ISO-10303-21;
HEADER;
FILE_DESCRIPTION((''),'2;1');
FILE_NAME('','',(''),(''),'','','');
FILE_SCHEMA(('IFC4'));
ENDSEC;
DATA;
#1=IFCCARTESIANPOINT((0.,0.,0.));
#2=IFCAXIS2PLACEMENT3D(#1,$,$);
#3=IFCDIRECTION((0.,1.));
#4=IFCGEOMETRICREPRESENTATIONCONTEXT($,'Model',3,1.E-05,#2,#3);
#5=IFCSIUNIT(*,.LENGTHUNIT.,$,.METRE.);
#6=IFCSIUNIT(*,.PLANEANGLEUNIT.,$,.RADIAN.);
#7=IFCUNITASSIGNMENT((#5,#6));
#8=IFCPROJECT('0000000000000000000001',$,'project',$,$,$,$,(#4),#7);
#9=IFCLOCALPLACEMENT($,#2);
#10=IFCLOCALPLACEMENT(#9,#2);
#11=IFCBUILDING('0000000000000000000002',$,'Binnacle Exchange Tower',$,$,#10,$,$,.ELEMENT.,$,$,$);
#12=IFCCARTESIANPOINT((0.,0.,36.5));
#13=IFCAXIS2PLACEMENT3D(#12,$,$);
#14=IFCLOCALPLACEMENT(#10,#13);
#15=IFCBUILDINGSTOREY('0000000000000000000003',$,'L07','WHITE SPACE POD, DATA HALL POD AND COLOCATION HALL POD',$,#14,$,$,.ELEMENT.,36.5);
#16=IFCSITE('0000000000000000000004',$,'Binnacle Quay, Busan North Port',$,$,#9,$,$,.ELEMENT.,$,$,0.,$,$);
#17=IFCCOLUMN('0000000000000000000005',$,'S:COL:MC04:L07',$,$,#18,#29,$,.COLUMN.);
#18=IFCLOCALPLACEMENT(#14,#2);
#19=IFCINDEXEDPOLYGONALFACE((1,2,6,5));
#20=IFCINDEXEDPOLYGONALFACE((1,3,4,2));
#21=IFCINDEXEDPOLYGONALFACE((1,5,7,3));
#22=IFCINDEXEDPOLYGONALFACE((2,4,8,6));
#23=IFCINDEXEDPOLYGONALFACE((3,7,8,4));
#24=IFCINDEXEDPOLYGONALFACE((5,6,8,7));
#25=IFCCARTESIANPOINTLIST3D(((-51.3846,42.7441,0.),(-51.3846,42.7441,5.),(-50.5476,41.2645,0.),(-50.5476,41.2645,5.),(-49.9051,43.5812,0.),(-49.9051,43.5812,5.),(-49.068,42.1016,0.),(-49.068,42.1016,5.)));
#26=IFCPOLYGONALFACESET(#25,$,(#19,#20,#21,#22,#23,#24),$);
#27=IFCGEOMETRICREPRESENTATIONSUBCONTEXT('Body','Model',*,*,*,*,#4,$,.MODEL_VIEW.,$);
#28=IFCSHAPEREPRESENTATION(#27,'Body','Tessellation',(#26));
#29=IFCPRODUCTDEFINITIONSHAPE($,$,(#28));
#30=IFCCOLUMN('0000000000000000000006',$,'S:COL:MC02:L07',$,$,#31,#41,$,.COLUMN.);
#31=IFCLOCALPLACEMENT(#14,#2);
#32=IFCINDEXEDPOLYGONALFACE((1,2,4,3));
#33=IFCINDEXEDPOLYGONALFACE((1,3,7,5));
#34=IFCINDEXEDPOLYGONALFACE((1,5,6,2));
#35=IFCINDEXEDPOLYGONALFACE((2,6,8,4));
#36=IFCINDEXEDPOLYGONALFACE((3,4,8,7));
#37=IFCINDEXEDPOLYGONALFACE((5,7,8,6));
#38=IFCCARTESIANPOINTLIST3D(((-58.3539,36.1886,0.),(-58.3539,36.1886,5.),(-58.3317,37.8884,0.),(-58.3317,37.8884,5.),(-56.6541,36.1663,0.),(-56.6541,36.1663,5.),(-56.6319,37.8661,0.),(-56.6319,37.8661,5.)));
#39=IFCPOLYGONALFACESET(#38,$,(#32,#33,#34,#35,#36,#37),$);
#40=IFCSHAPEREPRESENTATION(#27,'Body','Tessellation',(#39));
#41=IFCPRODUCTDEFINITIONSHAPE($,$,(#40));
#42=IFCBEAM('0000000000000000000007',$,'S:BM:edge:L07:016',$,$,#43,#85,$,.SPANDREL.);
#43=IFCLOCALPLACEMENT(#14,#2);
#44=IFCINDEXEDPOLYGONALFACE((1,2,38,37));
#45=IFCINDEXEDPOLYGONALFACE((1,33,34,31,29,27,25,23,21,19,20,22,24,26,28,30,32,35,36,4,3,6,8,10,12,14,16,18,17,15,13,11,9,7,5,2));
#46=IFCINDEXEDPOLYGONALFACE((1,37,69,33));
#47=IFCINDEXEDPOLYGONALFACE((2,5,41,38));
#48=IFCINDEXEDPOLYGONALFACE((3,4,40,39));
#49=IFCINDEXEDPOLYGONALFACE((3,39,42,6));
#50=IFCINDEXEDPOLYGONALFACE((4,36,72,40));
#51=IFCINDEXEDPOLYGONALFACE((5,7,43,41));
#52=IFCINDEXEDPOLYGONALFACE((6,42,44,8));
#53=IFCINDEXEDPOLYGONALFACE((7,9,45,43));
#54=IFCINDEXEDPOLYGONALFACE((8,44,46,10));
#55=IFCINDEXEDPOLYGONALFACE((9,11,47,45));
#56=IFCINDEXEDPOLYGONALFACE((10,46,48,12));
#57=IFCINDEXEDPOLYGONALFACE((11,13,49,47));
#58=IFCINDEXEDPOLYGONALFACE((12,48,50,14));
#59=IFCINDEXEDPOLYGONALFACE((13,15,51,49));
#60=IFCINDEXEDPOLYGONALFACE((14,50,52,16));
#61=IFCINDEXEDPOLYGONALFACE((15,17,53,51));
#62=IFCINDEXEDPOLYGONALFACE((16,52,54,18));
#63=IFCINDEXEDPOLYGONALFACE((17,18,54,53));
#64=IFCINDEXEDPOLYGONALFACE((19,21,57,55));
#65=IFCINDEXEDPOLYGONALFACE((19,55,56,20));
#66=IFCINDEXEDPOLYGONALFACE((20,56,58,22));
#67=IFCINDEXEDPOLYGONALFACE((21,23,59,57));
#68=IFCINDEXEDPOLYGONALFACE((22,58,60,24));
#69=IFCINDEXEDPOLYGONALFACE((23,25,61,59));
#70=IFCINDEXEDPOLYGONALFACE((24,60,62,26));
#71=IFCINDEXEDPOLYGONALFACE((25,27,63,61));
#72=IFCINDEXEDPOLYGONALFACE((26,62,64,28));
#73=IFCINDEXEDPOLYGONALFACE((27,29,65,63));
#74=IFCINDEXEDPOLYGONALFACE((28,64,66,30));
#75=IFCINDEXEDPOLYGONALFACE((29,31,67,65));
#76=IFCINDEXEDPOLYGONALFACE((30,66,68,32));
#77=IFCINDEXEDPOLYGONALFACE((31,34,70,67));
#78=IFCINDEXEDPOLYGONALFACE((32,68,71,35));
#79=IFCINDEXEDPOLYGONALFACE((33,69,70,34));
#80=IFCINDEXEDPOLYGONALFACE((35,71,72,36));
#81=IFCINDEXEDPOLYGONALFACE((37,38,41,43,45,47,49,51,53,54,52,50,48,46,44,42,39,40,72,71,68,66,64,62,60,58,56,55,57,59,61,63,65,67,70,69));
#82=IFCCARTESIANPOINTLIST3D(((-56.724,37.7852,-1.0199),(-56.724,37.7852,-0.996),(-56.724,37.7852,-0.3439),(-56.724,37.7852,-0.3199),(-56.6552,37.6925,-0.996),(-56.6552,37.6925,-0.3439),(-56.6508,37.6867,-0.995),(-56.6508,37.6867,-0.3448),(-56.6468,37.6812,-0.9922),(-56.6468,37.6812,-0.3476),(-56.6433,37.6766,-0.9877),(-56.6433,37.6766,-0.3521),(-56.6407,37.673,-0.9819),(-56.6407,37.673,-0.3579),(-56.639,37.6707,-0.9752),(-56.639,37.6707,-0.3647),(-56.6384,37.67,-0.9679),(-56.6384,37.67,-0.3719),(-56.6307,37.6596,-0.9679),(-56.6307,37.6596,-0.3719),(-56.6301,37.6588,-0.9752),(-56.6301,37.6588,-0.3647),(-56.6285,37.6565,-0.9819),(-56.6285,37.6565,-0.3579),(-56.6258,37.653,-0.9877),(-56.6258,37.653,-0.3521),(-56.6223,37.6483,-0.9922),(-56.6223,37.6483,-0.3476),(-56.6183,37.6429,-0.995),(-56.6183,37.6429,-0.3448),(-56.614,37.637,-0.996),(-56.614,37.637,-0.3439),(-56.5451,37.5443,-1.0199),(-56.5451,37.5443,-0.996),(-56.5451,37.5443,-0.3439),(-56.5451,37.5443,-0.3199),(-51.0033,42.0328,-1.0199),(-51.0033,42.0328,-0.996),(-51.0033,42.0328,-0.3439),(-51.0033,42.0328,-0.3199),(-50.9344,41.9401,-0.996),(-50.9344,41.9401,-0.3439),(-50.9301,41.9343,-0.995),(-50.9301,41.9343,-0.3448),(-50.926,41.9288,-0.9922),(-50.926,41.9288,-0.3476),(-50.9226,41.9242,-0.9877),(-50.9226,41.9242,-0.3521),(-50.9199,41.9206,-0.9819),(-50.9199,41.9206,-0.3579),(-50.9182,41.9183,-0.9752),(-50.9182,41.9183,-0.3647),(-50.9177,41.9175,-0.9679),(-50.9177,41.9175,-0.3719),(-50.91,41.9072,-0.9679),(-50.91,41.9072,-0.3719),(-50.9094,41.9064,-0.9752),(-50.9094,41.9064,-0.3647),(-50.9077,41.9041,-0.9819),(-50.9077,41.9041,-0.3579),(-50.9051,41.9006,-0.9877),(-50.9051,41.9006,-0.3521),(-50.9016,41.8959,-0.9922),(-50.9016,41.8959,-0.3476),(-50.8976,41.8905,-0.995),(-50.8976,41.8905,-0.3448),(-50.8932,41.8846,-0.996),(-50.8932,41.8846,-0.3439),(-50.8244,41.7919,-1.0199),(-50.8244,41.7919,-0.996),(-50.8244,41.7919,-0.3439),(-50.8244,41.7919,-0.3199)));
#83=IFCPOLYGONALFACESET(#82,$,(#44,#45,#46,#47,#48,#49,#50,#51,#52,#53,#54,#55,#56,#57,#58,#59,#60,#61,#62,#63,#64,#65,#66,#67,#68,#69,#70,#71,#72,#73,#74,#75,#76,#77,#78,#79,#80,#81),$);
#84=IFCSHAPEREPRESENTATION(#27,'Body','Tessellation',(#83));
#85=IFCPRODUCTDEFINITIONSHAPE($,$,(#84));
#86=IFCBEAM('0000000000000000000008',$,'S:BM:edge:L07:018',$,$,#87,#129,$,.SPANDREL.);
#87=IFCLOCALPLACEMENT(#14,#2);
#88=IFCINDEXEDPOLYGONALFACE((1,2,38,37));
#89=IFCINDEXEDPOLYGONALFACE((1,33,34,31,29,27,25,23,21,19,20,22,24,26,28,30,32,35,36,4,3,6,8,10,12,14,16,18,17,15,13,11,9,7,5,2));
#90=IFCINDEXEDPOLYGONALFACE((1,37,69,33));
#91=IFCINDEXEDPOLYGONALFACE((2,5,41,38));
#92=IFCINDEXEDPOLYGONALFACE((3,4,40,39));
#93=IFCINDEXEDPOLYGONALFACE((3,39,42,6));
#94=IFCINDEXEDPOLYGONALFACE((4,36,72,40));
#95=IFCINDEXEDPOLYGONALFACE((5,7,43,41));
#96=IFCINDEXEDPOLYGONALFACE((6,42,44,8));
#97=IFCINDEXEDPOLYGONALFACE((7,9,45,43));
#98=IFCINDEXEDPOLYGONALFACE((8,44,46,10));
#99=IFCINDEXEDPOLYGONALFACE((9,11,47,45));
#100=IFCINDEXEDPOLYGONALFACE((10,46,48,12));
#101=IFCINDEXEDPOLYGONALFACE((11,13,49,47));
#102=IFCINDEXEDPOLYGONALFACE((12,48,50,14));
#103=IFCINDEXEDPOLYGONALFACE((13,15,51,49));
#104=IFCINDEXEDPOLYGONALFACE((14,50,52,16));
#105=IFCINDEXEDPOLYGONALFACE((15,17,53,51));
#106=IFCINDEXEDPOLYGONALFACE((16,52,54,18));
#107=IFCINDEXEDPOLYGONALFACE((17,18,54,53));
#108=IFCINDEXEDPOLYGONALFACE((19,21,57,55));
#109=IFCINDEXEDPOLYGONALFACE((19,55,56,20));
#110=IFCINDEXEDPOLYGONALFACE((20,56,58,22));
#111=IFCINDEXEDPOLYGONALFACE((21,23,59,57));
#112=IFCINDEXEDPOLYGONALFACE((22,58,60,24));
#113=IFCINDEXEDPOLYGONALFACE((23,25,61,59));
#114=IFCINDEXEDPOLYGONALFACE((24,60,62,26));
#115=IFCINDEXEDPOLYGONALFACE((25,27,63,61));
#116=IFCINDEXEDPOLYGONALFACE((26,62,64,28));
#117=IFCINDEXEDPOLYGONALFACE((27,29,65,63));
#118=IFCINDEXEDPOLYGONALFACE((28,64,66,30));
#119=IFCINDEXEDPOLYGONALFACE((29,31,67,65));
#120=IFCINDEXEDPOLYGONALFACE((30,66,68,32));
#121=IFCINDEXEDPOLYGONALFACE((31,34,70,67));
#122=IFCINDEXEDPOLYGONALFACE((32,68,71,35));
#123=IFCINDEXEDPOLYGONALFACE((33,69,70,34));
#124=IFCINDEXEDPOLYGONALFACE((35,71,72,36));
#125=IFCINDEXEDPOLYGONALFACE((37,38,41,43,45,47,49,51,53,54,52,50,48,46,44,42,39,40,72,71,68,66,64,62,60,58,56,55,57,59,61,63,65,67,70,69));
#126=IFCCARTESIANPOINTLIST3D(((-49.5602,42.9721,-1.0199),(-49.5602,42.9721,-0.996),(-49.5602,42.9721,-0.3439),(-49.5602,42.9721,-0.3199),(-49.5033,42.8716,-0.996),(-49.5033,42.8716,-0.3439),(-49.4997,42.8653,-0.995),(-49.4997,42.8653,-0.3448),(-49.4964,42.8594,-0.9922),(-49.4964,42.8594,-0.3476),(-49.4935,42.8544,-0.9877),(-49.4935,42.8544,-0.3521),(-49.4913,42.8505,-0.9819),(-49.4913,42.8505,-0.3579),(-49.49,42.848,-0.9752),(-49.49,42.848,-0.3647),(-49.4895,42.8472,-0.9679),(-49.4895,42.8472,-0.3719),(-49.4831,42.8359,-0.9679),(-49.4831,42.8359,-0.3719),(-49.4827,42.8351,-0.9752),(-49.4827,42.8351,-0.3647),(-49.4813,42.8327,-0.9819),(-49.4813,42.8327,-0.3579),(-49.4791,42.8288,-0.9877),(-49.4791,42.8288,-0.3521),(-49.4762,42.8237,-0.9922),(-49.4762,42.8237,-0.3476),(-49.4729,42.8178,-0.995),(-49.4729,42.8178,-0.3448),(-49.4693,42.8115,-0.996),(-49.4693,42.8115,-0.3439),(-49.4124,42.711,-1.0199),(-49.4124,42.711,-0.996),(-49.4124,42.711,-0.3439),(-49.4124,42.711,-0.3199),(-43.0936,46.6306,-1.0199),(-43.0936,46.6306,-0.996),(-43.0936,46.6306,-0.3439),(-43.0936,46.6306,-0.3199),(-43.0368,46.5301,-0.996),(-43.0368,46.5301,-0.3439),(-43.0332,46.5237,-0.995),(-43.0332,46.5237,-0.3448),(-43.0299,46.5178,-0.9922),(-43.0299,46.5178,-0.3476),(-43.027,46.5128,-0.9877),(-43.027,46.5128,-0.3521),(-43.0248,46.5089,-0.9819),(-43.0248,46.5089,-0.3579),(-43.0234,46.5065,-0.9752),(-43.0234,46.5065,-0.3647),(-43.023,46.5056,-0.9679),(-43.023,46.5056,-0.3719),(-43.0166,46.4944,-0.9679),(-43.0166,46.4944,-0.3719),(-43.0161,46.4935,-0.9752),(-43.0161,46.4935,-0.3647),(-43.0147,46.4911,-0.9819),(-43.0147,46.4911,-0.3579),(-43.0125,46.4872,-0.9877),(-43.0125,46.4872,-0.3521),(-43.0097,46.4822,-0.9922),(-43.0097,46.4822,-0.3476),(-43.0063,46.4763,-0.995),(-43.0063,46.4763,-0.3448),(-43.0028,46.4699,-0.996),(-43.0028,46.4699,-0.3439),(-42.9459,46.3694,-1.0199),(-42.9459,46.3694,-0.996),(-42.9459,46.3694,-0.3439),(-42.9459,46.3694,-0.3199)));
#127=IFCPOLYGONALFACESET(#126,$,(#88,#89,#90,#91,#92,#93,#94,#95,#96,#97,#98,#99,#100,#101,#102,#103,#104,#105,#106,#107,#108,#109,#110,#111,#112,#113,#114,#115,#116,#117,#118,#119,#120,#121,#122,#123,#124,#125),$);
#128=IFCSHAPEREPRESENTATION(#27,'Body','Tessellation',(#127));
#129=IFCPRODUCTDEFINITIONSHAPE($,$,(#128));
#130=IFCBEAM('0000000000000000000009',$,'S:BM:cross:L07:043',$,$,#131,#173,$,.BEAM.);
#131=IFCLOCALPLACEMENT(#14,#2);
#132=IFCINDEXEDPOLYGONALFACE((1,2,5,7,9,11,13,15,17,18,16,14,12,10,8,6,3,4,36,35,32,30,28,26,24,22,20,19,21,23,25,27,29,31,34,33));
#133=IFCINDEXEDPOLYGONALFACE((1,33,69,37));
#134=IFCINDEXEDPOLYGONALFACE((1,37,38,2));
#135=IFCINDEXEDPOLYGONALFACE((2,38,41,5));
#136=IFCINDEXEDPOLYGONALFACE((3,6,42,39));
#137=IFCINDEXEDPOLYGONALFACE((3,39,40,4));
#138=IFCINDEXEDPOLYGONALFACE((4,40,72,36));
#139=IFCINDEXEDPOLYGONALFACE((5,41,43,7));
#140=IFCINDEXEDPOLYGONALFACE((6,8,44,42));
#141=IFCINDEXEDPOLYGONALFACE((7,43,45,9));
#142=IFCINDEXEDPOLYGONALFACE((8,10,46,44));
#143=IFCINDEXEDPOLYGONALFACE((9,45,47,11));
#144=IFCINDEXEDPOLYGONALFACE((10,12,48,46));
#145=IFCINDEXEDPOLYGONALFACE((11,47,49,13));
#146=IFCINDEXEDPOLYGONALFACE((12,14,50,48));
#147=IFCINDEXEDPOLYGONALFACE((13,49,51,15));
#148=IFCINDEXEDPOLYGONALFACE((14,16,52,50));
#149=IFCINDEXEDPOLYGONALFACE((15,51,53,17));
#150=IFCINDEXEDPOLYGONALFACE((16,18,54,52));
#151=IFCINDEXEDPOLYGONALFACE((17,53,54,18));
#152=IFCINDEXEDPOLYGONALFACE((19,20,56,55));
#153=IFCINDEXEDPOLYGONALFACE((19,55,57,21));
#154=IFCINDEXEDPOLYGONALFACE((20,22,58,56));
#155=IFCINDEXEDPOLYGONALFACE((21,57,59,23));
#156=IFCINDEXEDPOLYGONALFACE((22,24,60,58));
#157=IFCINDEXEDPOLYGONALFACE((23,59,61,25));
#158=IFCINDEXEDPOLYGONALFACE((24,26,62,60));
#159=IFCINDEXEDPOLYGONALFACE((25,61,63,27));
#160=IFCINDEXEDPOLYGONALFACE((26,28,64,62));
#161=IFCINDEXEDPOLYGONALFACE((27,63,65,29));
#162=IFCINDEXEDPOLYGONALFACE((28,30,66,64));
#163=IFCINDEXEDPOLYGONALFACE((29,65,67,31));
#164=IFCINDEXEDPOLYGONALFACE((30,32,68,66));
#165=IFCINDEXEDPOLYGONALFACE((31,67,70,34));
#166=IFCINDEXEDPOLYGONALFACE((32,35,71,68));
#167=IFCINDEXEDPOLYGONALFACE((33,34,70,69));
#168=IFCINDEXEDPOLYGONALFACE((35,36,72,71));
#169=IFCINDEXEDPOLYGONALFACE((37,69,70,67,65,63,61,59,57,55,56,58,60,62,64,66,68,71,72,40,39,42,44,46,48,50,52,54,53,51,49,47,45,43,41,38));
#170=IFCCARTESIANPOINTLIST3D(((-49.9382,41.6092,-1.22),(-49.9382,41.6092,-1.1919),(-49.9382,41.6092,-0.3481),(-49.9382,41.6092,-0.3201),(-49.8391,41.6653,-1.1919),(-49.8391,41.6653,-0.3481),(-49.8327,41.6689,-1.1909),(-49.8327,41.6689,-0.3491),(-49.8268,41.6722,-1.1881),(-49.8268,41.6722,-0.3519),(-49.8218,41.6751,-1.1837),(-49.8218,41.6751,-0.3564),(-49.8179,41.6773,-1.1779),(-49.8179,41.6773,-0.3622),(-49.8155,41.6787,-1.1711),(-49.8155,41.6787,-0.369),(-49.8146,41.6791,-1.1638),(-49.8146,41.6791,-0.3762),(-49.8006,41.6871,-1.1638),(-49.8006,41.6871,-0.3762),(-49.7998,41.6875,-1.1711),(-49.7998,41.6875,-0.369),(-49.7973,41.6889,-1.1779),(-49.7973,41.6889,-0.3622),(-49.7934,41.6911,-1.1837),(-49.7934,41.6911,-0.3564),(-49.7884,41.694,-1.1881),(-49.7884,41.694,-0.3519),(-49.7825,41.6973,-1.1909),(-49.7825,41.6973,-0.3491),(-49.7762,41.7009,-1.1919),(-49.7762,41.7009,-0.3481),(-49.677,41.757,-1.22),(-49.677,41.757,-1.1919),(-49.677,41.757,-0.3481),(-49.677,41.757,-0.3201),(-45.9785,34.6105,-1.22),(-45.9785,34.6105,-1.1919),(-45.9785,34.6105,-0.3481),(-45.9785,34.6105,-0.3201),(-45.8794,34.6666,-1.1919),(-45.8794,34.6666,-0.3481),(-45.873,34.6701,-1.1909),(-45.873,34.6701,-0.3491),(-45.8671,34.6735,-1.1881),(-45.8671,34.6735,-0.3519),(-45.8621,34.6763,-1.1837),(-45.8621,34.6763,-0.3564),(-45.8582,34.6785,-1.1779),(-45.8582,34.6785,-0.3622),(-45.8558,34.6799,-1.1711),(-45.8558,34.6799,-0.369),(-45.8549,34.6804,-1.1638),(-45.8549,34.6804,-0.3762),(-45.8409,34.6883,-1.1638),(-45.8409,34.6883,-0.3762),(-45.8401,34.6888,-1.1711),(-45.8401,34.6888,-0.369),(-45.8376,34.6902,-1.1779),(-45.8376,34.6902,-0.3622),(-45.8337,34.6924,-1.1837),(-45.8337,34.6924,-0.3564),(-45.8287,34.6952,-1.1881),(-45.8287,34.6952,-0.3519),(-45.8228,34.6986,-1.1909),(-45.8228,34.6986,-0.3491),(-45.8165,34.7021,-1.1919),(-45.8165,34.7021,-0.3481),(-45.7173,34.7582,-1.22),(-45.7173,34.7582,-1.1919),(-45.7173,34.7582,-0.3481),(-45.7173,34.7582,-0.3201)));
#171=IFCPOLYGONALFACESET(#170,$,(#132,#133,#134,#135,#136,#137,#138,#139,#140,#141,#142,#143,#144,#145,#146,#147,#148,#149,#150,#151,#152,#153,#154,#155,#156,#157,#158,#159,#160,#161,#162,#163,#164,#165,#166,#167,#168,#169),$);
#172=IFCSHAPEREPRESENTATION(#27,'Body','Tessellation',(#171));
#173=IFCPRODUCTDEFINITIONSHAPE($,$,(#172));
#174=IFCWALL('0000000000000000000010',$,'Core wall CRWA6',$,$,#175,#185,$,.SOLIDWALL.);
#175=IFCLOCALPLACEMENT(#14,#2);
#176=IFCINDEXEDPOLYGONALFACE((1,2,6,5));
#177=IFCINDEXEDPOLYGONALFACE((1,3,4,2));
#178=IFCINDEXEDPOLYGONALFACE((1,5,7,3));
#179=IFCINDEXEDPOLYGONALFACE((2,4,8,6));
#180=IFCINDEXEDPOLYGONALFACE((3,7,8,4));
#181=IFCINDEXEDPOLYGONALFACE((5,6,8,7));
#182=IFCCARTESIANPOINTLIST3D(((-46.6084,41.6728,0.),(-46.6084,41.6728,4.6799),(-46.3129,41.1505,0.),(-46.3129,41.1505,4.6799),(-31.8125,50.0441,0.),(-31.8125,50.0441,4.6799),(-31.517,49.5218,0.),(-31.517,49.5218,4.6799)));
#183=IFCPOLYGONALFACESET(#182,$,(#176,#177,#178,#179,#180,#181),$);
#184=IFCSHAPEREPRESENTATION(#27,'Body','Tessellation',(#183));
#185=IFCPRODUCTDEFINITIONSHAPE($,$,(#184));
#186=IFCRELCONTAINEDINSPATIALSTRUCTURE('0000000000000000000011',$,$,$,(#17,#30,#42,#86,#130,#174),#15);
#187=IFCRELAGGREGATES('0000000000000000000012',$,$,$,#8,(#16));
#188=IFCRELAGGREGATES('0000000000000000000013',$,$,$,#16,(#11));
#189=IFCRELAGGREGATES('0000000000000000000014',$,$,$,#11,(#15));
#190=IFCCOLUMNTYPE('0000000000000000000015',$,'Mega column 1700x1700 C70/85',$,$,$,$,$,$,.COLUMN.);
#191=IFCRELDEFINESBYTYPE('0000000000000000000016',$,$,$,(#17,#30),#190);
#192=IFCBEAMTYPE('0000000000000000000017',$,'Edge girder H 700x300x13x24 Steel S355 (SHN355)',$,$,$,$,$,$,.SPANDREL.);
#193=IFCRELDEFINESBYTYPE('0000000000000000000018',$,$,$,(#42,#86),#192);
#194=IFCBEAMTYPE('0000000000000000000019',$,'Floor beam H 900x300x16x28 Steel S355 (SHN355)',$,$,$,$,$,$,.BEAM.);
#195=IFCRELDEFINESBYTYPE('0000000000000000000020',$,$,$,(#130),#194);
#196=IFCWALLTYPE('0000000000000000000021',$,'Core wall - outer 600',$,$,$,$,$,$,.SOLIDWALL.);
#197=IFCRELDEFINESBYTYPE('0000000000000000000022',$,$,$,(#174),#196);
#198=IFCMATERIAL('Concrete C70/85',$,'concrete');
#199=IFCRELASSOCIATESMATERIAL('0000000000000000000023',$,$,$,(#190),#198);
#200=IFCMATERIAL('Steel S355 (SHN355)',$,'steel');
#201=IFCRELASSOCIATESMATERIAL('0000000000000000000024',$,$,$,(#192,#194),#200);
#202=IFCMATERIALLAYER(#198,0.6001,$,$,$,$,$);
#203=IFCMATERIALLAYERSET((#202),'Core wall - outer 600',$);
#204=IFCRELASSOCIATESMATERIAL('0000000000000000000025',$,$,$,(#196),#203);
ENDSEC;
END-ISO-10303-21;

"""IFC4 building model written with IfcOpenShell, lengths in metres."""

from ifc_helpers import new_model, si_unit, direction, frame, frame_2d, origin, origin_2d, place, context, subcontext, project, spatial, rectangle, i_section, extrude, material, layer, layer_set, material_profile, profile_set, type_object, element, save


model = new_model("IFC4")

# Units and contexts
model_context = context("Model", 3, precision=1e-05, world=origin(), true_north=direction((0.0, 1.0)))
body_context = subcontext(model_context, "Body", "Model", "MODEL_VIEW")
ifc_project = project(units=[si_unit("LENGTHUNIT", "METRE"), si_unit("PLANEANGLEUNIT", "RADIAN")], contexts=[model_context])

# Site, building, storey
site_placement = place(None, origin())
site = spatial("IfcSite", under=ifc_project, at=site_placement, Name="Binnacle Quay, Busan North Port", CompositionType="ELEMENT", RefElevation=0.0)
building_placement = place(site_placement, origin())
building = spatial("IfcBuilding", under=site, at=building_placement, Name="Binnacle Exchange Tower", CompositionType="ELEMENT")
storey_placement = place(building_placement, frame((0.0, 0.0, 36.5)))
storey = spatial("IfcBuildingStorey", under=building, at=storey_placement, Name="L07", Description="WHITE SPACE POD, DATA HALL POD AND COLOCATION HALL POD", CompositionType="ELEMENT", Elevation=36.5)

# Columns
ifc_material_1 = material(Name="Concrete C70/85", Category="concrete")
ifc_material_profile_1 = material_profile(ifc_material_1, rectangle(XDim=1.7, YDim=1.7, at=origin_2d()), Name="Mega column 1700x1700 C70/85")
ifc_profile_set_1 = profile_set([ifc_material_profile_1], Name="Concrete C70/85")
column_type = type_object("IfcColumnType", Name="Mega column 1700x1700 C70/85", PredefinedType="COLUMN", material=ifc_profile_set_1)
for number, where, z_axis, x_axis, name in (
    (1, (-50.2263, 42.4229, 0.0), (0.0, 0.0, 1.0), (-0.870356, -0.492424, 0.0), "S:COL:MC04:L07"),
    (2, (-57.4929, 37.0273, 0.0), (0.0, 0.0, 1.0), (-0.01309, -0.999914, 0.0), "S:COL:MC02:L07"),
):
    element("IfcColumn", number, at=place(storey_placement, frame(where, z_axis=z_axis, x_axis=x_axis)), inside=storey, type_object=column_type, Name=name, PredefinedType="COLUMN", context=body_context, shape_type="SweptSolid", body=[
        extrude(rectangle(XDim=1.7, YDim=1.7, at=origin_2d()), origin(), (0.0, 0.0, 1.0), 5.0),
    ])

# Beams
ifc_material_2 = material(Name="Steel S355 (SHN355)", Category="steel")
ifc_material_profile_2 = material_profile(ifc_material_2, i_section(OverallWidth=0.3, OverallDepth=0.7, WebThickness=0.0129, FlangeThickness=0.0239, FilletRadius=0.0281, at=origin_2d()), Name="H 700x300x13x24")
ifc_profile_set_2 = profile_set([ifc_material_profile_2], Name="Steel S355 (SHN355)")
beam_type_1 = type_object("IfcBeamType", Name="Edge girder H 700x300x13x24 Steel S355 (SHN355)", PredefinedType="SPANDREL", material=ifc_profile_set_2)
beam_1_placement = place(storey_placement, frame((-50.9138, 41.9124, -0.6699), z_axis=(-0.802885, -0.596133, 0.0), x_axis=(0.596133, -0.802885, 0.0)))
element("IfcBeam", 3, at=beam_1_placement, inside=storey, type_object=beam_type_1, Name="S:BM:edge:L07:016", PredefinedType="SPANDREL", context=body_context, shape_type="SweptSolid", body=[
    extrude(i_section(OverallWidth=0.3, OverallDepth=0.7, WebThickness=0.0129, FlangeThickness=0.0239, FilletRadius=0.0281, at=origin_2d()), origin(), (0.0, 0.0, 1.0), 7.1252),
])
beam_2_placement = place(storey_placement, frame((-43.0198, 46.5, -0.6699), z_axis=(-0.870364, -0.492408, 0.0), x_axis=(0.492408, -0.870364, 0.0)))
element("IfcBeam", 4, at=beam_2_placement, inside=storey, type_object=beam_type_1, Name="S:BM:edge:L07:018", PredefinedType="SPANDREL", context=body_context, shape_type="SweptSolid", body=[
    extrude(i_section(OverallWidth=0.3, OverallDepth=0.7, WebThickness=0.0129, FlangeThickness=0.0239, FilletRadius=0.0281, at=origin_2d()), origin(), (0.0, 0.0, 1.0), 7.4297),
])
ifc_material_profile_3 = material_profile(ifc_material_2, i_section(OverallWidth=0.3, OverallDepth=0.8999, WebThickness=0.0161, FlangeThickness=0.0281, FilletRadius=0.0281, at=origin_2d()), Name="H 900x300x16x28")
ifc_profile_set_3 = profile_set([ifc_material_profile_3], Name="Steel S355 (SHN355)")
beam_type_2 = type_object("IfcBeamType", Name="Floor beam H 900x300x16x28 Steel S355 (SHN355)", PredefinedType="BEAM", material=ifc_profile_set_3)
beam_3_placement = place(storey_placement, frame((-49.8076, 41.6831, -0.77), z_axis=(0.492423, -0.870356, 0.0), x_axis=(0.870356, 0.492423, 0.0)))
element("IfcBeam", 5, at=beam_3_placement, inside=storey, type_object=beam_type_2, Name="S:BM:cross:L07:043", PredefinedType="BEAM", context=body_context, shape_type="SweptSolid", body=[
    extrude(i_section(OverallWidth=0.3, OverallDepth=0.8999, WebThickness=0.0161, FlangeThickness=0.0281, FilletRadius=0.0281, at=origin_2d()), origin(), (0.0, 0.0, 1.0), 8.0413),
])

# Wall
ifc_layer_1 = layer(ifc_material_1, 0.6001)
ifc_layer_set_1 = layer_set([ifc_layer_1], Name="Core wall - outer 600")
wall_type_1 = type_object("IfcWallType", Name="Core wall - outer 600", PredefinedType="SOLIDWALL", material=ifc_layer_set_1)
wall_1_placement = place(storey_placement, frame((-46.4607, 41.4116, 0.0), z_axis=(0.0, 0.0, 1.0), x_axis=(0.87035, 0.492433, 0.0)))
element("IfcWall", 6, at=wall_1_placement, inside=storey, type_object=wall_type_1, Name="Core wall CRWA6", PredefinedType="SOLIDWALL", context=body_context, shape_type="SweptSolid", body=[
    extrude(rectangle(XDim=17.0, YDim=0.6001, at=frame_2d((8.5, 0.0))), origin(), (0.0, 0.0, 1.0), 4.6799),
])

save(model, "model.ifc")
